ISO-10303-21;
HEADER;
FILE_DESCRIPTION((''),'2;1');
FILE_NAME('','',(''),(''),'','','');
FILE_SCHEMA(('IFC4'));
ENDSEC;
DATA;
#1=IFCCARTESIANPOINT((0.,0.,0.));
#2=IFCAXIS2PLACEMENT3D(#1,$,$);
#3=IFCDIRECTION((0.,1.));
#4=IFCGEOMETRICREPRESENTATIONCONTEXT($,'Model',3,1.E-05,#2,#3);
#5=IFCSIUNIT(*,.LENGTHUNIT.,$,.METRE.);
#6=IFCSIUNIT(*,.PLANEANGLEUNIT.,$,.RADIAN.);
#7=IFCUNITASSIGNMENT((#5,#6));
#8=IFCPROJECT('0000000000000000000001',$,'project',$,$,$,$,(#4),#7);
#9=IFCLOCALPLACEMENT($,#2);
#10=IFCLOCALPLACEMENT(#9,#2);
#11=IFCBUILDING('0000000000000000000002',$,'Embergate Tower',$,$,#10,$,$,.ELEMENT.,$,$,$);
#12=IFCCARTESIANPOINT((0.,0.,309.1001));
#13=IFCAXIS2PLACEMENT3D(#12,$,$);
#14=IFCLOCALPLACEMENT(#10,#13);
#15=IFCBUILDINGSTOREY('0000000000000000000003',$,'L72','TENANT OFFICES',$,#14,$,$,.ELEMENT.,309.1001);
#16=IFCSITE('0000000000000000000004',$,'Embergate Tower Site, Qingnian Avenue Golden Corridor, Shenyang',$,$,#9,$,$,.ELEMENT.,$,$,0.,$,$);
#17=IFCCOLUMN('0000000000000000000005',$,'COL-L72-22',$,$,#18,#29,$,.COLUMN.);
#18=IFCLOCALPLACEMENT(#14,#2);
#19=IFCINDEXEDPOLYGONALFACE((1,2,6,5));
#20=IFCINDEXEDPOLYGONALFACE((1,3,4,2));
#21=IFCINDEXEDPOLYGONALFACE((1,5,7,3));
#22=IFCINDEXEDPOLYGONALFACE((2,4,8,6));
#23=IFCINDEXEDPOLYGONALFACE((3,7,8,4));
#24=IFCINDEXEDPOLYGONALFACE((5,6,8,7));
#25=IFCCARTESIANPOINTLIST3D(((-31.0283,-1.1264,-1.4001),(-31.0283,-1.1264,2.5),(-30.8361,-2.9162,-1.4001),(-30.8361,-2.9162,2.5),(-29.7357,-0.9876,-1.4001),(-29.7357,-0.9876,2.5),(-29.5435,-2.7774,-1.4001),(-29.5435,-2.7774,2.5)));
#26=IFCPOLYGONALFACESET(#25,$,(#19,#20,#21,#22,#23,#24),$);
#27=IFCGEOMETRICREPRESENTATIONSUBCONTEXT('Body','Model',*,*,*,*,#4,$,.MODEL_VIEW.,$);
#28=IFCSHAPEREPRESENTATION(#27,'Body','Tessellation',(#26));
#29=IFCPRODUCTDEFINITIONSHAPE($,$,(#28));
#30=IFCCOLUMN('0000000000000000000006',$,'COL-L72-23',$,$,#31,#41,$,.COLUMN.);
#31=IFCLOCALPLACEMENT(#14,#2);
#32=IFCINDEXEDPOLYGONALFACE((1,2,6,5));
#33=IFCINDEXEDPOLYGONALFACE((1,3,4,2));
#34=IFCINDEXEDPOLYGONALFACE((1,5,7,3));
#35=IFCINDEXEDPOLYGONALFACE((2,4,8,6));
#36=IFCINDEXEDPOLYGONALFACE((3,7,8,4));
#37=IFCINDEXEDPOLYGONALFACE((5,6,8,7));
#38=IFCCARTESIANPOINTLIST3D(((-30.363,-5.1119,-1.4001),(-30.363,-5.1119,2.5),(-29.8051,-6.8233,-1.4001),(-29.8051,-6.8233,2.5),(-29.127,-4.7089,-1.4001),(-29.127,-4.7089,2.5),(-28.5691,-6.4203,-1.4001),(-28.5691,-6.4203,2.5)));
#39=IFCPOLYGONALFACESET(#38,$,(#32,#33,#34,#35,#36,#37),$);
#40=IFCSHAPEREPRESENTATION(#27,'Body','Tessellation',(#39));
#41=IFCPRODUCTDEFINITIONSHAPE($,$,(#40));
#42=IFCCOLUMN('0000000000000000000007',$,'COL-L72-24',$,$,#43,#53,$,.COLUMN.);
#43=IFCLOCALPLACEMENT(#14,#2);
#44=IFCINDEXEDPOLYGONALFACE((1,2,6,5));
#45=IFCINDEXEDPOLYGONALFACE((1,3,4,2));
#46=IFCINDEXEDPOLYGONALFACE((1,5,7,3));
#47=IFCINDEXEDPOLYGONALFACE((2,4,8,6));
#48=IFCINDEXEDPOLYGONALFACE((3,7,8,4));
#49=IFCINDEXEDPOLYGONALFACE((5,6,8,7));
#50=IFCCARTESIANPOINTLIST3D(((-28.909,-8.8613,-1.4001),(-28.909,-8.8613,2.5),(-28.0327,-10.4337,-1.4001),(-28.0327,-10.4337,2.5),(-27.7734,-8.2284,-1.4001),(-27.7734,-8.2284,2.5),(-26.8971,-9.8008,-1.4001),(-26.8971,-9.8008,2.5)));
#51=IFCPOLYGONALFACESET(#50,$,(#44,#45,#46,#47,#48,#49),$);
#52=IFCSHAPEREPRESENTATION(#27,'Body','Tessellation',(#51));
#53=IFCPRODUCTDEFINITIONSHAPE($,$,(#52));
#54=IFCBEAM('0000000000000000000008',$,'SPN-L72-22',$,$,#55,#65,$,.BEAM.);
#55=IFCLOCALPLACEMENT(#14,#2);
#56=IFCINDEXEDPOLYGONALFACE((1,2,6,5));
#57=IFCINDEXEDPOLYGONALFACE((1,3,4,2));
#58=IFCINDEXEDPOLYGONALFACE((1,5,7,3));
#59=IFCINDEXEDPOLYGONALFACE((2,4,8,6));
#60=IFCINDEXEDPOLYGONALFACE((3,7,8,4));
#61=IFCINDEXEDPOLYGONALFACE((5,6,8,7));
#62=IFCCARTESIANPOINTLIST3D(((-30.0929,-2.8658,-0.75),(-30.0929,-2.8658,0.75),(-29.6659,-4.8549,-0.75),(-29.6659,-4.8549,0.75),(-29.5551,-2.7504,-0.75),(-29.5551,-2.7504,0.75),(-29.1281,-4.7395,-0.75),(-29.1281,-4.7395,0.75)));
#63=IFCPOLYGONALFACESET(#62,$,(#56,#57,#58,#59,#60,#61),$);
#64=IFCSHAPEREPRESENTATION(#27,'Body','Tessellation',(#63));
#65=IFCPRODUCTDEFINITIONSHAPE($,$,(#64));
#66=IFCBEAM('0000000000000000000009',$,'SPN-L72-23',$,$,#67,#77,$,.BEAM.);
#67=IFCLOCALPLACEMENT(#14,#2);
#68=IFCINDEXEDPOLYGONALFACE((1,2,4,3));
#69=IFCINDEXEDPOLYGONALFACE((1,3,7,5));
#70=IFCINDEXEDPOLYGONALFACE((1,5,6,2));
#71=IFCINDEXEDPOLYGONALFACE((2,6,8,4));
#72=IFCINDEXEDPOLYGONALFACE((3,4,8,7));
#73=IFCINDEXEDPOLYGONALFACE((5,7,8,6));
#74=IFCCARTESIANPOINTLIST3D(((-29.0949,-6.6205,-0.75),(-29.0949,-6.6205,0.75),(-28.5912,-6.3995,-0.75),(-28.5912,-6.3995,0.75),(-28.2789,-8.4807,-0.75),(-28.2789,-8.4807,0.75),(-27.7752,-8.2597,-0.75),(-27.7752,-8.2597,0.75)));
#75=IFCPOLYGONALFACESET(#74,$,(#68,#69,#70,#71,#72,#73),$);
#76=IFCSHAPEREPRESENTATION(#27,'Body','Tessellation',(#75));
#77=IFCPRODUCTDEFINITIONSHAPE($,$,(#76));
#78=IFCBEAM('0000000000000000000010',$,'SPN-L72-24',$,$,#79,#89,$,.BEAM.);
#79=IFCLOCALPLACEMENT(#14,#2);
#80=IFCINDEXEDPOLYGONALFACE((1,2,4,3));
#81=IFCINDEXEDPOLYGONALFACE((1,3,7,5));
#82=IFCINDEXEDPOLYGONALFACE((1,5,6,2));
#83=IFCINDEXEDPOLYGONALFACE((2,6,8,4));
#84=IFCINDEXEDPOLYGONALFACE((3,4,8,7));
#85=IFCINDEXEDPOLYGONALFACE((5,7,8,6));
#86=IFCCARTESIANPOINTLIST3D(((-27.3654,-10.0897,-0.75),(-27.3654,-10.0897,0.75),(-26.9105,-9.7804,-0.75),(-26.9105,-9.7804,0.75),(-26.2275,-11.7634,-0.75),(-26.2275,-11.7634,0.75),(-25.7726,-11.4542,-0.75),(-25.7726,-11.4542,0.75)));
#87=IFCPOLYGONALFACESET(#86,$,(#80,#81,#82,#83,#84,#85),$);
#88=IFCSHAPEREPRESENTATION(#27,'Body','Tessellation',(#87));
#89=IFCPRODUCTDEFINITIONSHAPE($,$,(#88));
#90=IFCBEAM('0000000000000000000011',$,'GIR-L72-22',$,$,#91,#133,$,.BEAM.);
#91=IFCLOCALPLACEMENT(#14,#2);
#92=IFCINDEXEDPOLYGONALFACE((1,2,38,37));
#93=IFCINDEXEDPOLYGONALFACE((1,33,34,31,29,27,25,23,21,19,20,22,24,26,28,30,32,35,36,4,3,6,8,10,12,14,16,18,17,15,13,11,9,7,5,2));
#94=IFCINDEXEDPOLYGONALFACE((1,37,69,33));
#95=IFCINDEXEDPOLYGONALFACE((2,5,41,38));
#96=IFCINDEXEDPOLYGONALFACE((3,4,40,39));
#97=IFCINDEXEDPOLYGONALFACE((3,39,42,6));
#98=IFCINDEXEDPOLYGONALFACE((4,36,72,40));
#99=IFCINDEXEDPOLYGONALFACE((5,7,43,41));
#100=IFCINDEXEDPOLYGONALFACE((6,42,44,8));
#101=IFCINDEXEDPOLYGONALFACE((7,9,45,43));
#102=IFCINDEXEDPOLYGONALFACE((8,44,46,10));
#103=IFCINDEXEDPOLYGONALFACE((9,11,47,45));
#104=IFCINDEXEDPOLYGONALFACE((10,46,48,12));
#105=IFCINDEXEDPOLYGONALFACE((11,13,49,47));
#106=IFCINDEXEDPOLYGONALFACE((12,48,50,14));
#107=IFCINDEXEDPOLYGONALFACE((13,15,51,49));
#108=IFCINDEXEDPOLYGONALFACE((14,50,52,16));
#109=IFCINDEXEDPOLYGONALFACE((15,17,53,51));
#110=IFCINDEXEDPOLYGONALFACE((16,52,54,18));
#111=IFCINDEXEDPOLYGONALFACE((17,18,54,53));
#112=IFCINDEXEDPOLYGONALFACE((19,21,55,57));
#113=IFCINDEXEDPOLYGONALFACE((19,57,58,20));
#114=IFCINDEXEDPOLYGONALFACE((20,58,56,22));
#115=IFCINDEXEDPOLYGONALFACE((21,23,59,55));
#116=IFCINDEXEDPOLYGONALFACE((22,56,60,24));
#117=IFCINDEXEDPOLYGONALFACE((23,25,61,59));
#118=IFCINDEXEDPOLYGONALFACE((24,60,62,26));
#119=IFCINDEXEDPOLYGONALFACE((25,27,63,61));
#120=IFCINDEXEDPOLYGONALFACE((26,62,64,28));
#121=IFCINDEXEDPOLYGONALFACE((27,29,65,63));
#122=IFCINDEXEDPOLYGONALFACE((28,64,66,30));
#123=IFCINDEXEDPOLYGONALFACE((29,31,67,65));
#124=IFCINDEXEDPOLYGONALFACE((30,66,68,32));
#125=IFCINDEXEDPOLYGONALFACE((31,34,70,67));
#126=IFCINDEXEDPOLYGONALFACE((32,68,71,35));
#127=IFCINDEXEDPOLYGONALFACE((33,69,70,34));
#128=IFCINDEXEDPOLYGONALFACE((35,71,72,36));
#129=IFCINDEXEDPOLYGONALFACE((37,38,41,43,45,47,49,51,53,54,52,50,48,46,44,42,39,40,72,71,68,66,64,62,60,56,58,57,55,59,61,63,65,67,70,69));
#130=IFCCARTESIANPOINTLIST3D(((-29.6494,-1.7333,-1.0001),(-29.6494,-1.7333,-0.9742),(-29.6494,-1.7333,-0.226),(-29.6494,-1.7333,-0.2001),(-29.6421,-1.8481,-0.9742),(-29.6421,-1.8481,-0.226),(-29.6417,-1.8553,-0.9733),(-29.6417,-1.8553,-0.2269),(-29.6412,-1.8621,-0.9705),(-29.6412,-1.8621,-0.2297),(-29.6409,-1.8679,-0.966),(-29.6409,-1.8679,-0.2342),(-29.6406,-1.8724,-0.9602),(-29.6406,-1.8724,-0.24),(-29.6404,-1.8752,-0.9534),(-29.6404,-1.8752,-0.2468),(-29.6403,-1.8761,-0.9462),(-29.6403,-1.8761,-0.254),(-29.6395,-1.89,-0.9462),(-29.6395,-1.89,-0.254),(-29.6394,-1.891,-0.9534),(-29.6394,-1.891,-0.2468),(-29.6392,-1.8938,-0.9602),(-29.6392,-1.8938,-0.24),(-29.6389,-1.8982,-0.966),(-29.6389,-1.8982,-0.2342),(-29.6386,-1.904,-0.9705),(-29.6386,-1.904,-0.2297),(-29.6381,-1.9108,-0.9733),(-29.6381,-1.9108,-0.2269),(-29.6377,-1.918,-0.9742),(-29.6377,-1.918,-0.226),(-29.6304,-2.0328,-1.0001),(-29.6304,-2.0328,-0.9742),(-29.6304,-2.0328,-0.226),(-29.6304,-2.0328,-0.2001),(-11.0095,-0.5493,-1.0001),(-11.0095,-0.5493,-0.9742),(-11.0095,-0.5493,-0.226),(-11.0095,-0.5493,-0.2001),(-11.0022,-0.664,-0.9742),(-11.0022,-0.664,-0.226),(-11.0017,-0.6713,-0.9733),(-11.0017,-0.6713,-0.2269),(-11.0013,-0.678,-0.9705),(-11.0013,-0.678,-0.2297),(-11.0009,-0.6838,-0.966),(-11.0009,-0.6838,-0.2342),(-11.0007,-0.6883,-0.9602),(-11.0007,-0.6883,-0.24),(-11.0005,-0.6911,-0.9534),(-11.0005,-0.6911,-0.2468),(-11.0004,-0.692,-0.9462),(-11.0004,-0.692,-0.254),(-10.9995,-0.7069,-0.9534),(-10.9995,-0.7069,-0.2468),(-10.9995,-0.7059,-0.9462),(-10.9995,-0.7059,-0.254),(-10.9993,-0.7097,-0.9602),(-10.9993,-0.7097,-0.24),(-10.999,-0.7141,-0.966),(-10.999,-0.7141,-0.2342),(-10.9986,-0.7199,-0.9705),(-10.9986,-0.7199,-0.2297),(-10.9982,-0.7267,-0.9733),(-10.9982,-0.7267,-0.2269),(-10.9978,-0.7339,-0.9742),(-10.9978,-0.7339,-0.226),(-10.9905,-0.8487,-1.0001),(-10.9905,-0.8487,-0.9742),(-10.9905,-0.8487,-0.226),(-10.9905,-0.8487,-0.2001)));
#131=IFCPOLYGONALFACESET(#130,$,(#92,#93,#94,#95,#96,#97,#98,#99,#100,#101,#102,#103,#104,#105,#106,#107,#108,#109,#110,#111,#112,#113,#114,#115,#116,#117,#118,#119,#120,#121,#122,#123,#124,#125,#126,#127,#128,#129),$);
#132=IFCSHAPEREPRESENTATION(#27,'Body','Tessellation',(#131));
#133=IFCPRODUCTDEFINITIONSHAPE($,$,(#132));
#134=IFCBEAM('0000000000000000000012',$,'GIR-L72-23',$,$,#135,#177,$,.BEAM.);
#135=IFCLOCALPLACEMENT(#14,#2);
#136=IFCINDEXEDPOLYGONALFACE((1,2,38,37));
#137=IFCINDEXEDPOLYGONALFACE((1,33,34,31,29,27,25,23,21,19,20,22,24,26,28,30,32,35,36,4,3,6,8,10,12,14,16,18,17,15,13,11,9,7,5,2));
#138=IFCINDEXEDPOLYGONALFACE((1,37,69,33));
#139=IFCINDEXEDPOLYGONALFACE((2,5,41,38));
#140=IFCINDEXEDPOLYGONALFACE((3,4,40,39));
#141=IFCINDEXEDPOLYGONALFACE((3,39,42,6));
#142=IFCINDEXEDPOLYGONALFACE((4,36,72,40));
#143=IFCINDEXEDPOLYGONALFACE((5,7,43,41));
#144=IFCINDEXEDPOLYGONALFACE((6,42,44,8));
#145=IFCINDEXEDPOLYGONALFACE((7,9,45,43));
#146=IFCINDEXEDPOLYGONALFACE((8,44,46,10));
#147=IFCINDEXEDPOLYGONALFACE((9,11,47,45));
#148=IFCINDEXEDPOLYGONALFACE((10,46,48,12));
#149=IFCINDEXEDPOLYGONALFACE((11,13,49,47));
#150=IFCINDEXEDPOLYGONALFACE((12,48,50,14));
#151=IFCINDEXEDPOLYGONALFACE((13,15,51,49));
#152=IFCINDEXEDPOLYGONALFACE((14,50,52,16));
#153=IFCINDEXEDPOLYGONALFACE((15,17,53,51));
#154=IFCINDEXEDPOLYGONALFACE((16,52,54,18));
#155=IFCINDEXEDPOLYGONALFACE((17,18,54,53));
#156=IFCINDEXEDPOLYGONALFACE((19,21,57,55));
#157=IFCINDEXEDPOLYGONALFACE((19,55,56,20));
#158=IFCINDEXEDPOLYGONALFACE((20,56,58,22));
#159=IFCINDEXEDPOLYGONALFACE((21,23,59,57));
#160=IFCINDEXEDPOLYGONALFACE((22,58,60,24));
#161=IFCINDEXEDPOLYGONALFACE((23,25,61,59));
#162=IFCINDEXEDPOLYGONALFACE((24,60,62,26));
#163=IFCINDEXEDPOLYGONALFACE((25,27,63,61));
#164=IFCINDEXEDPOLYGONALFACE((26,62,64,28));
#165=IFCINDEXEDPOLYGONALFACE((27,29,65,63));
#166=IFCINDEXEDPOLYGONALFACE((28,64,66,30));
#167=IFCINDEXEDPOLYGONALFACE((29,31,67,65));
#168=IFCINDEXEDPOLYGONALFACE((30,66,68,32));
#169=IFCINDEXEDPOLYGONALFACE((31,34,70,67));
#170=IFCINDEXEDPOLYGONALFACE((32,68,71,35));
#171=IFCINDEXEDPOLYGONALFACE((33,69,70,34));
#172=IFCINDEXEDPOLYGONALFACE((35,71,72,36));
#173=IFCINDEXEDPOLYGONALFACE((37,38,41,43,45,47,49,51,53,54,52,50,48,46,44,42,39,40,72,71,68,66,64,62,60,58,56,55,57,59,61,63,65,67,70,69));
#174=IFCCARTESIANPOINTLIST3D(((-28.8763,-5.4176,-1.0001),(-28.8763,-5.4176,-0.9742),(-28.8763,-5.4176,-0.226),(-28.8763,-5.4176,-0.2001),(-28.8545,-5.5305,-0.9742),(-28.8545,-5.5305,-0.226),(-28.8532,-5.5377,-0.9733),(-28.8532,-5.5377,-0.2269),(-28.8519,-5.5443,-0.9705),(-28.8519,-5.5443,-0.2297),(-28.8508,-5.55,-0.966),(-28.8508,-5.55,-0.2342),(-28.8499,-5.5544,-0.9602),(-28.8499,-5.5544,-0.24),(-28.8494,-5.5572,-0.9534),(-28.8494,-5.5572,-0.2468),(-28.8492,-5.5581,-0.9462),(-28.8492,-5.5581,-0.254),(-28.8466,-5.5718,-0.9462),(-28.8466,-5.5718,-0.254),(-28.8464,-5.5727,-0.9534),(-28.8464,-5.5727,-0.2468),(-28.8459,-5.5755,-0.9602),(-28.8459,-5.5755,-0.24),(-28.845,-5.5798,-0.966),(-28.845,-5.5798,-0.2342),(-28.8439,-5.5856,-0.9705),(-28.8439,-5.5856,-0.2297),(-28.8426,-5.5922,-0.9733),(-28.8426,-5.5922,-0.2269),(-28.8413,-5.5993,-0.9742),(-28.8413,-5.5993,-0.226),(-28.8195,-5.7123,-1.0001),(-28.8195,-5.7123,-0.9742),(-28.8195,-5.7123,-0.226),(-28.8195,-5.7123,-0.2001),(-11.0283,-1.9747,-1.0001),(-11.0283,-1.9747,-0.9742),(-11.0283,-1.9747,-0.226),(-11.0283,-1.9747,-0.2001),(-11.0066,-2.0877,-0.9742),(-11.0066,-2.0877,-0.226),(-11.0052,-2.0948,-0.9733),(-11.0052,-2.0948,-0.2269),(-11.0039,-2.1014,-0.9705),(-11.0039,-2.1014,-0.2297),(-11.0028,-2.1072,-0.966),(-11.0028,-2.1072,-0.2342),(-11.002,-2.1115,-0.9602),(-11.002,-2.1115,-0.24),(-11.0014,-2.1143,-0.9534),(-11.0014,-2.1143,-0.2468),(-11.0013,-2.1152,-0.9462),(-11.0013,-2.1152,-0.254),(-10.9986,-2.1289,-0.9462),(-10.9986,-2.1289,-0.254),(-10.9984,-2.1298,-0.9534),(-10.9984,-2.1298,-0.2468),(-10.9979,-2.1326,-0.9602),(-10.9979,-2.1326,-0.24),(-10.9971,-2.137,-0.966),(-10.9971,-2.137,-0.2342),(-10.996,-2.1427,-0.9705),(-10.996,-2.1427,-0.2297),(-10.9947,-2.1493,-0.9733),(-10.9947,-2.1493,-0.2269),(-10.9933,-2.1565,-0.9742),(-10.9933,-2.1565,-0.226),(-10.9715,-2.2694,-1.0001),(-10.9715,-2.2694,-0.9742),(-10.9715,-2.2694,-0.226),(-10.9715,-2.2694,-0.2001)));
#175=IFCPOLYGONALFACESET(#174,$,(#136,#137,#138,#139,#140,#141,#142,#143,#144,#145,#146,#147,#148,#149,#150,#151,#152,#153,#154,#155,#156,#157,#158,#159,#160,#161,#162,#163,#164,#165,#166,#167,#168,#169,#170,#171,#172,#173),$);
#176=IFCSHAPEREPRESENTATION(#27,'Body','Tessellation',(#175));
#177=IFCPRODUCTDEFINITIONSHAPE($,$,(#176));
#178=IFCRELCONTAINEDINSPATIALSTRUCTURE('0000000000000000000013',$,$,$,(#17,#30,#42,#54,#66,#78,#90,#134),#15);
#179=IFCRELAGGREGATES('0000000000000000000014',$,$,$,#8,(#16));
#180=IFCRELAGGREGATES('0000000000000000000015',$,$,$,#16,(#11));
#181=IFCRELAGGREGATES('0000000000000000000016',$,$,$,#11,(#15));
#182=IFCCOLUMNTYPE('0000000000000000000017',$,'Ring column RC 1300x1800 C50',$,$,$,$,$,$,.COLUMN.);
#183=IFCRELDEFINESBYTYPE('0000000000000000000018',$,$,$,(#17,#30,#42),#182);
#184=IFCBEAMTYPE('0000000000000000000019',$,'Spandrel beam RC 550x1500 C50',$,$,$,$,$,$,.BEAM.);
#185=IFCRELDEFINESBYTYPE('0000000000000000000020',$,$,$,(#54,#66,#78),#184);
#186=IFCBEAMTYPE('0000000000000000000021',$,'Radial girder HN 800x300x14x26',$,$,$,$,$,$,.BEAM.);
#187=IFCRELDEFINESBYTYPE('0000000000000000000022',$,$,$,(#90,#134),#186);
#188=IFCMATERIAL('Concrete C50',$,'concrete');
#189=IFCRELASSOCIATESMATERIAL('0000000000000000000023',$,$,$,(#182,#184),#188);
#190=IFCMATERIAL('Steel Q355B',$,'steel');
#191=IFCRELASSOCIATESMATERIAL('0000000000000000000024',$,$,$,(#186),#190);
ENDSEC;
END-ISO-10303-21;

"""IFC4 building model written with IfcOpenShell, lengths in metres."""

from ifc_helpers import new_model, si_unit, direction, frame, origin, origin_2d, place, context, subcontext, project, spatial, rectangle, i_section, extrude, source, transform, mapped, material, material_profile, profile_set, type_object, element, save


model = new_model("IFC4")

# Units and contexts
model_context = context("Model", 3, precision=1e-05, world=origin(), true_north=direction((0.0, 1.0)))
body_context = subcontext(model_context, "Body", "Model", "MODEL_VIEW")
ifc_project = project(units=[si_unit("LENGTHUNIT", "METRE"), si_unit("PLANEANGLEUNIT", "RADIAN")], contexts=[model_context])

# Site, building, storey
site_placement = place(None, origin())
site = spatial("IfcSite", under=ifc_project, at=site_placement, Name="Embergate Tower Site, Qingnian Avenue Golden Corridor, Shenyang", CompositionType="ELEMENT", RefElevation=0.0)
building_placement = place(site_placement, origin())
building = spatial("IfcBuilding", under=site, at=building_placement, Name="Embergate Tower", CompositionType="ELEMENT")
storey_placement = place(building_placement, frame((0.0, 0.0, 309.1001)))
storey = spatial("IfcBuildingStorey", under=building, at=storey_placement, Name="L72", Description="TENANT OFFICES", CompositionType="ELEMENT", Elevation=309.1001)

# Columns
ifc_material_1 = material(Name="Concrete C50", Category="concrete")
ifc_material_profile_1 = material_profile(ifc_material_1, rectangle(XDim=1.3, YDim=1.8, at=origin_2d()), Name="RC 1300x1800")
ifc_profile_set_1 = profile_set([ifc_material_profile_1], Name="Concrete C50")
column_type = type_object("IfcColumnType", Name="Ring column RC 1300x1800 C50", PredefinedType="COLUMN", material=ifc_profile_set_1)
shared_shape_1 = source(origin(), body_context, "Body", "SweptSolid", [
    extrude(rectangle(XDim=1.3, YDim=1.8, at=origin_2d()), origin(), (0.0, 0.0, 1.0), 3.9001),
])
for number, where, z_axis, x_axis, name in (
    (1, (-30.2859, -1.9519, -1.4001), (0.0, 0.0, 1.0), (-0.994286, -0.10675, 0.0), "COL-L72-22"),
    (2, (-29.4661, -5.7661, -1.4001), (0.0, 0.0, 1.0), (-0.950754, -0.309946, 0.0), "COL-L72-23"),
    (3, (-27.9031, -9.3311, -1.4001), (0.0, 0.0, 1.0), (-0.8735, -0.486823, 0.0), "COL-L72-24"),
):
    element("IfcColumn", number, at=place(storey_placement, frame(where, z_axis=z_axis, x_axis=x_axis)), inside=storey, type_object=column_type, Name=name, PredefinedType="COLUMN", context=body_context, shape_type="MappedRepresentation", body=[
        mapped(shared_shape_1, transform((0.0, 0.0, 0.0))),
    ])

# Beams
ifc_material_profile_2 = material_profile(ifc_material_1, rectangle(XDim=0.55, YDim=1.5, at=origin_2d()), Name="RC 550x1500")
ifc_profile_set_2 = profile_set([ifc_material_profile_2], Name="Concrete C50")
beam_type_1 = type_object("IfcBeamType", Name="Spandrel beam RC 550x1500 C50", PredefinedType="BEAM", material=ifc_profile_set_2)
shared_shape_2 = source(origin(), body_context, "Body", "SweptSolid", [
    extrude(rectangle(XDim=0.55, YDim=1.5, at=origin_2d()), origin(), (0.0, 0.0, 1.0), 2.0344),
])
beam_1_placement = place(storey_placement, frame((-29.824, -2.8081, 0.0), z_axis=(0.209898, -0.977723, 0.0), x_axis=(0.977723, 0.209898, 0.0)))
element("IfcBeam", 4, at=beam_1_placement, inside=storey, type_object=beam_type_1, Name="SPN-L72-22", PredefinedType="BEAM", context=body_context, shape_type="MappedRepresentation", body=[
    mapped(shared_shape_2, transform((0.0, 0.0, 0.0))),
])
shared_shape_3 = source(origin(), body_context, "Body", "SweptSolid", [
    extrude(rectangle(XDim=0.55, YDim=1.5, at=origin_2d()), origin(), (0.0, 0.0, 1.0), 2.0312),
])
beam_2_placement = place(storey_placement, frame((-28.843, -6.51, 0.0), z_axis=(0.401695, -0.915773, 0.0), x_axis=(0.915773, 0.401695, 0.0)))
element("IfcBeam", 5, at=beam_2_placement, inside=storey, type_object=beam_type_1, Name="SPN-L72-23", PredefinedType="BEAM", context=body_context, shape_type="MappedRepresentation", body=[
    mapped(shared_shape_3, transform((0.0, 0.0, 0.0))),
])
shared_shape_4 = source(origin(), body_context, "Body", "SweptSolid", [
    extrude(rectangle(XDim=0.55, YDim=1.5, at=origin_2d()), origin(), (0.0, 0.0, 1.0), 2.0239),
])
beam_3_placement = place(storey_placement, frame((-27.1379, -9.9351, 0.0), z_axis=(0.562221, -0.826987, 0.0), x_axis=(0.826987, 0.562221, 0.0)))
element("IfcBeam", 6, at=beam_3_placement, inside=storey, type_object=beam_type_1, Name="SPN-L72-24", PredefinedType="BEAM", context=body_context, shape_type="MappedRepresentation", body=[
    mapped(shared_shape_4, transform((0.0, 0.0, 0.0))),
])
ifc_material_2 = material(Name="Steel Q355B", Category="steel")
ifc_material_profile_3 = material_profile(ifc_material_2, i_section(OverallWidth=0.3, OverallDepth=0.8, WebThickness=0.0139, FlangeThickness=0.0259, FilletRadius=0.0281, at=origin_2d()), Name="HN 800x300x14x26")
ifc_profile_set_3 = profile_set([ifc_material_profile_3], Name="Steel Q355 grade B")
beam_type_2 = type_object("IfcBeamType", Name="Radial girder HN 800x300x14x26", PredefinedType="BEAM", material=ifc_profile_set_3)
shared_shape_5 = source(origin(), body_context, "Body", "SweptSolid", [
    extrude(i_section(OverallWidth=0.3, OverallDepth=0.8, WebThickness=0.0139, FlangeThickness=0.0259, FilletRadius=0.0281, at=origin_2d()), origin(), (0.0, 0.0, 1.0), 18.6775),
])
beam_4_placement = place(storey_placement, frame((-29.6399, -1.8831, -0.6001), z_axis=(0.997988, 0.063396, 0.0), x_axis=(-0.063396, 0.997988, 0.0)))
element("IfcBeam", 7, at=beam_4_placement, inside=storey, type_object=beam_type_2, Name="GIR-L72-22", PredefinedType="BEAM", context=body_context, shape_type="MappedRepresentation", body=[
    mapped(shared_shape_5, transform((0.0, 0.0, 0.0))),
])
shared_shape_6 = source(origin(), body_context, "Body", "SweptSolid", [
    extrude(i_section(OverallWidth=0.3, OverallDepth=0.8, WebThickness=0.0139, FlangeThickness=0.0259, FilletRadius=0.0281, at=origin_2d()), origin(), (0.0, 0.0, 1.0), 18.177),
])
beam_5_placement = place(storey_placement, frame((-28.8479, -5.5649, -0.6001), z_axis=(0.981898, 0.189409, 0.0), x_axis=(-0.189409, 0.981898, 0.0)))
element("IfcBeam", 8, at=beam_5_placement, inside=storey, type_object=beam_type_2, Name="GIR-L72-23", PredefinedType="BEAM", context=body_context, shape_type="MappedRepresentation", body=[
    mapped(shared_shape_6, transform((0.0, 0.0, 0.0))),
])

save(model, "model.ifc")
